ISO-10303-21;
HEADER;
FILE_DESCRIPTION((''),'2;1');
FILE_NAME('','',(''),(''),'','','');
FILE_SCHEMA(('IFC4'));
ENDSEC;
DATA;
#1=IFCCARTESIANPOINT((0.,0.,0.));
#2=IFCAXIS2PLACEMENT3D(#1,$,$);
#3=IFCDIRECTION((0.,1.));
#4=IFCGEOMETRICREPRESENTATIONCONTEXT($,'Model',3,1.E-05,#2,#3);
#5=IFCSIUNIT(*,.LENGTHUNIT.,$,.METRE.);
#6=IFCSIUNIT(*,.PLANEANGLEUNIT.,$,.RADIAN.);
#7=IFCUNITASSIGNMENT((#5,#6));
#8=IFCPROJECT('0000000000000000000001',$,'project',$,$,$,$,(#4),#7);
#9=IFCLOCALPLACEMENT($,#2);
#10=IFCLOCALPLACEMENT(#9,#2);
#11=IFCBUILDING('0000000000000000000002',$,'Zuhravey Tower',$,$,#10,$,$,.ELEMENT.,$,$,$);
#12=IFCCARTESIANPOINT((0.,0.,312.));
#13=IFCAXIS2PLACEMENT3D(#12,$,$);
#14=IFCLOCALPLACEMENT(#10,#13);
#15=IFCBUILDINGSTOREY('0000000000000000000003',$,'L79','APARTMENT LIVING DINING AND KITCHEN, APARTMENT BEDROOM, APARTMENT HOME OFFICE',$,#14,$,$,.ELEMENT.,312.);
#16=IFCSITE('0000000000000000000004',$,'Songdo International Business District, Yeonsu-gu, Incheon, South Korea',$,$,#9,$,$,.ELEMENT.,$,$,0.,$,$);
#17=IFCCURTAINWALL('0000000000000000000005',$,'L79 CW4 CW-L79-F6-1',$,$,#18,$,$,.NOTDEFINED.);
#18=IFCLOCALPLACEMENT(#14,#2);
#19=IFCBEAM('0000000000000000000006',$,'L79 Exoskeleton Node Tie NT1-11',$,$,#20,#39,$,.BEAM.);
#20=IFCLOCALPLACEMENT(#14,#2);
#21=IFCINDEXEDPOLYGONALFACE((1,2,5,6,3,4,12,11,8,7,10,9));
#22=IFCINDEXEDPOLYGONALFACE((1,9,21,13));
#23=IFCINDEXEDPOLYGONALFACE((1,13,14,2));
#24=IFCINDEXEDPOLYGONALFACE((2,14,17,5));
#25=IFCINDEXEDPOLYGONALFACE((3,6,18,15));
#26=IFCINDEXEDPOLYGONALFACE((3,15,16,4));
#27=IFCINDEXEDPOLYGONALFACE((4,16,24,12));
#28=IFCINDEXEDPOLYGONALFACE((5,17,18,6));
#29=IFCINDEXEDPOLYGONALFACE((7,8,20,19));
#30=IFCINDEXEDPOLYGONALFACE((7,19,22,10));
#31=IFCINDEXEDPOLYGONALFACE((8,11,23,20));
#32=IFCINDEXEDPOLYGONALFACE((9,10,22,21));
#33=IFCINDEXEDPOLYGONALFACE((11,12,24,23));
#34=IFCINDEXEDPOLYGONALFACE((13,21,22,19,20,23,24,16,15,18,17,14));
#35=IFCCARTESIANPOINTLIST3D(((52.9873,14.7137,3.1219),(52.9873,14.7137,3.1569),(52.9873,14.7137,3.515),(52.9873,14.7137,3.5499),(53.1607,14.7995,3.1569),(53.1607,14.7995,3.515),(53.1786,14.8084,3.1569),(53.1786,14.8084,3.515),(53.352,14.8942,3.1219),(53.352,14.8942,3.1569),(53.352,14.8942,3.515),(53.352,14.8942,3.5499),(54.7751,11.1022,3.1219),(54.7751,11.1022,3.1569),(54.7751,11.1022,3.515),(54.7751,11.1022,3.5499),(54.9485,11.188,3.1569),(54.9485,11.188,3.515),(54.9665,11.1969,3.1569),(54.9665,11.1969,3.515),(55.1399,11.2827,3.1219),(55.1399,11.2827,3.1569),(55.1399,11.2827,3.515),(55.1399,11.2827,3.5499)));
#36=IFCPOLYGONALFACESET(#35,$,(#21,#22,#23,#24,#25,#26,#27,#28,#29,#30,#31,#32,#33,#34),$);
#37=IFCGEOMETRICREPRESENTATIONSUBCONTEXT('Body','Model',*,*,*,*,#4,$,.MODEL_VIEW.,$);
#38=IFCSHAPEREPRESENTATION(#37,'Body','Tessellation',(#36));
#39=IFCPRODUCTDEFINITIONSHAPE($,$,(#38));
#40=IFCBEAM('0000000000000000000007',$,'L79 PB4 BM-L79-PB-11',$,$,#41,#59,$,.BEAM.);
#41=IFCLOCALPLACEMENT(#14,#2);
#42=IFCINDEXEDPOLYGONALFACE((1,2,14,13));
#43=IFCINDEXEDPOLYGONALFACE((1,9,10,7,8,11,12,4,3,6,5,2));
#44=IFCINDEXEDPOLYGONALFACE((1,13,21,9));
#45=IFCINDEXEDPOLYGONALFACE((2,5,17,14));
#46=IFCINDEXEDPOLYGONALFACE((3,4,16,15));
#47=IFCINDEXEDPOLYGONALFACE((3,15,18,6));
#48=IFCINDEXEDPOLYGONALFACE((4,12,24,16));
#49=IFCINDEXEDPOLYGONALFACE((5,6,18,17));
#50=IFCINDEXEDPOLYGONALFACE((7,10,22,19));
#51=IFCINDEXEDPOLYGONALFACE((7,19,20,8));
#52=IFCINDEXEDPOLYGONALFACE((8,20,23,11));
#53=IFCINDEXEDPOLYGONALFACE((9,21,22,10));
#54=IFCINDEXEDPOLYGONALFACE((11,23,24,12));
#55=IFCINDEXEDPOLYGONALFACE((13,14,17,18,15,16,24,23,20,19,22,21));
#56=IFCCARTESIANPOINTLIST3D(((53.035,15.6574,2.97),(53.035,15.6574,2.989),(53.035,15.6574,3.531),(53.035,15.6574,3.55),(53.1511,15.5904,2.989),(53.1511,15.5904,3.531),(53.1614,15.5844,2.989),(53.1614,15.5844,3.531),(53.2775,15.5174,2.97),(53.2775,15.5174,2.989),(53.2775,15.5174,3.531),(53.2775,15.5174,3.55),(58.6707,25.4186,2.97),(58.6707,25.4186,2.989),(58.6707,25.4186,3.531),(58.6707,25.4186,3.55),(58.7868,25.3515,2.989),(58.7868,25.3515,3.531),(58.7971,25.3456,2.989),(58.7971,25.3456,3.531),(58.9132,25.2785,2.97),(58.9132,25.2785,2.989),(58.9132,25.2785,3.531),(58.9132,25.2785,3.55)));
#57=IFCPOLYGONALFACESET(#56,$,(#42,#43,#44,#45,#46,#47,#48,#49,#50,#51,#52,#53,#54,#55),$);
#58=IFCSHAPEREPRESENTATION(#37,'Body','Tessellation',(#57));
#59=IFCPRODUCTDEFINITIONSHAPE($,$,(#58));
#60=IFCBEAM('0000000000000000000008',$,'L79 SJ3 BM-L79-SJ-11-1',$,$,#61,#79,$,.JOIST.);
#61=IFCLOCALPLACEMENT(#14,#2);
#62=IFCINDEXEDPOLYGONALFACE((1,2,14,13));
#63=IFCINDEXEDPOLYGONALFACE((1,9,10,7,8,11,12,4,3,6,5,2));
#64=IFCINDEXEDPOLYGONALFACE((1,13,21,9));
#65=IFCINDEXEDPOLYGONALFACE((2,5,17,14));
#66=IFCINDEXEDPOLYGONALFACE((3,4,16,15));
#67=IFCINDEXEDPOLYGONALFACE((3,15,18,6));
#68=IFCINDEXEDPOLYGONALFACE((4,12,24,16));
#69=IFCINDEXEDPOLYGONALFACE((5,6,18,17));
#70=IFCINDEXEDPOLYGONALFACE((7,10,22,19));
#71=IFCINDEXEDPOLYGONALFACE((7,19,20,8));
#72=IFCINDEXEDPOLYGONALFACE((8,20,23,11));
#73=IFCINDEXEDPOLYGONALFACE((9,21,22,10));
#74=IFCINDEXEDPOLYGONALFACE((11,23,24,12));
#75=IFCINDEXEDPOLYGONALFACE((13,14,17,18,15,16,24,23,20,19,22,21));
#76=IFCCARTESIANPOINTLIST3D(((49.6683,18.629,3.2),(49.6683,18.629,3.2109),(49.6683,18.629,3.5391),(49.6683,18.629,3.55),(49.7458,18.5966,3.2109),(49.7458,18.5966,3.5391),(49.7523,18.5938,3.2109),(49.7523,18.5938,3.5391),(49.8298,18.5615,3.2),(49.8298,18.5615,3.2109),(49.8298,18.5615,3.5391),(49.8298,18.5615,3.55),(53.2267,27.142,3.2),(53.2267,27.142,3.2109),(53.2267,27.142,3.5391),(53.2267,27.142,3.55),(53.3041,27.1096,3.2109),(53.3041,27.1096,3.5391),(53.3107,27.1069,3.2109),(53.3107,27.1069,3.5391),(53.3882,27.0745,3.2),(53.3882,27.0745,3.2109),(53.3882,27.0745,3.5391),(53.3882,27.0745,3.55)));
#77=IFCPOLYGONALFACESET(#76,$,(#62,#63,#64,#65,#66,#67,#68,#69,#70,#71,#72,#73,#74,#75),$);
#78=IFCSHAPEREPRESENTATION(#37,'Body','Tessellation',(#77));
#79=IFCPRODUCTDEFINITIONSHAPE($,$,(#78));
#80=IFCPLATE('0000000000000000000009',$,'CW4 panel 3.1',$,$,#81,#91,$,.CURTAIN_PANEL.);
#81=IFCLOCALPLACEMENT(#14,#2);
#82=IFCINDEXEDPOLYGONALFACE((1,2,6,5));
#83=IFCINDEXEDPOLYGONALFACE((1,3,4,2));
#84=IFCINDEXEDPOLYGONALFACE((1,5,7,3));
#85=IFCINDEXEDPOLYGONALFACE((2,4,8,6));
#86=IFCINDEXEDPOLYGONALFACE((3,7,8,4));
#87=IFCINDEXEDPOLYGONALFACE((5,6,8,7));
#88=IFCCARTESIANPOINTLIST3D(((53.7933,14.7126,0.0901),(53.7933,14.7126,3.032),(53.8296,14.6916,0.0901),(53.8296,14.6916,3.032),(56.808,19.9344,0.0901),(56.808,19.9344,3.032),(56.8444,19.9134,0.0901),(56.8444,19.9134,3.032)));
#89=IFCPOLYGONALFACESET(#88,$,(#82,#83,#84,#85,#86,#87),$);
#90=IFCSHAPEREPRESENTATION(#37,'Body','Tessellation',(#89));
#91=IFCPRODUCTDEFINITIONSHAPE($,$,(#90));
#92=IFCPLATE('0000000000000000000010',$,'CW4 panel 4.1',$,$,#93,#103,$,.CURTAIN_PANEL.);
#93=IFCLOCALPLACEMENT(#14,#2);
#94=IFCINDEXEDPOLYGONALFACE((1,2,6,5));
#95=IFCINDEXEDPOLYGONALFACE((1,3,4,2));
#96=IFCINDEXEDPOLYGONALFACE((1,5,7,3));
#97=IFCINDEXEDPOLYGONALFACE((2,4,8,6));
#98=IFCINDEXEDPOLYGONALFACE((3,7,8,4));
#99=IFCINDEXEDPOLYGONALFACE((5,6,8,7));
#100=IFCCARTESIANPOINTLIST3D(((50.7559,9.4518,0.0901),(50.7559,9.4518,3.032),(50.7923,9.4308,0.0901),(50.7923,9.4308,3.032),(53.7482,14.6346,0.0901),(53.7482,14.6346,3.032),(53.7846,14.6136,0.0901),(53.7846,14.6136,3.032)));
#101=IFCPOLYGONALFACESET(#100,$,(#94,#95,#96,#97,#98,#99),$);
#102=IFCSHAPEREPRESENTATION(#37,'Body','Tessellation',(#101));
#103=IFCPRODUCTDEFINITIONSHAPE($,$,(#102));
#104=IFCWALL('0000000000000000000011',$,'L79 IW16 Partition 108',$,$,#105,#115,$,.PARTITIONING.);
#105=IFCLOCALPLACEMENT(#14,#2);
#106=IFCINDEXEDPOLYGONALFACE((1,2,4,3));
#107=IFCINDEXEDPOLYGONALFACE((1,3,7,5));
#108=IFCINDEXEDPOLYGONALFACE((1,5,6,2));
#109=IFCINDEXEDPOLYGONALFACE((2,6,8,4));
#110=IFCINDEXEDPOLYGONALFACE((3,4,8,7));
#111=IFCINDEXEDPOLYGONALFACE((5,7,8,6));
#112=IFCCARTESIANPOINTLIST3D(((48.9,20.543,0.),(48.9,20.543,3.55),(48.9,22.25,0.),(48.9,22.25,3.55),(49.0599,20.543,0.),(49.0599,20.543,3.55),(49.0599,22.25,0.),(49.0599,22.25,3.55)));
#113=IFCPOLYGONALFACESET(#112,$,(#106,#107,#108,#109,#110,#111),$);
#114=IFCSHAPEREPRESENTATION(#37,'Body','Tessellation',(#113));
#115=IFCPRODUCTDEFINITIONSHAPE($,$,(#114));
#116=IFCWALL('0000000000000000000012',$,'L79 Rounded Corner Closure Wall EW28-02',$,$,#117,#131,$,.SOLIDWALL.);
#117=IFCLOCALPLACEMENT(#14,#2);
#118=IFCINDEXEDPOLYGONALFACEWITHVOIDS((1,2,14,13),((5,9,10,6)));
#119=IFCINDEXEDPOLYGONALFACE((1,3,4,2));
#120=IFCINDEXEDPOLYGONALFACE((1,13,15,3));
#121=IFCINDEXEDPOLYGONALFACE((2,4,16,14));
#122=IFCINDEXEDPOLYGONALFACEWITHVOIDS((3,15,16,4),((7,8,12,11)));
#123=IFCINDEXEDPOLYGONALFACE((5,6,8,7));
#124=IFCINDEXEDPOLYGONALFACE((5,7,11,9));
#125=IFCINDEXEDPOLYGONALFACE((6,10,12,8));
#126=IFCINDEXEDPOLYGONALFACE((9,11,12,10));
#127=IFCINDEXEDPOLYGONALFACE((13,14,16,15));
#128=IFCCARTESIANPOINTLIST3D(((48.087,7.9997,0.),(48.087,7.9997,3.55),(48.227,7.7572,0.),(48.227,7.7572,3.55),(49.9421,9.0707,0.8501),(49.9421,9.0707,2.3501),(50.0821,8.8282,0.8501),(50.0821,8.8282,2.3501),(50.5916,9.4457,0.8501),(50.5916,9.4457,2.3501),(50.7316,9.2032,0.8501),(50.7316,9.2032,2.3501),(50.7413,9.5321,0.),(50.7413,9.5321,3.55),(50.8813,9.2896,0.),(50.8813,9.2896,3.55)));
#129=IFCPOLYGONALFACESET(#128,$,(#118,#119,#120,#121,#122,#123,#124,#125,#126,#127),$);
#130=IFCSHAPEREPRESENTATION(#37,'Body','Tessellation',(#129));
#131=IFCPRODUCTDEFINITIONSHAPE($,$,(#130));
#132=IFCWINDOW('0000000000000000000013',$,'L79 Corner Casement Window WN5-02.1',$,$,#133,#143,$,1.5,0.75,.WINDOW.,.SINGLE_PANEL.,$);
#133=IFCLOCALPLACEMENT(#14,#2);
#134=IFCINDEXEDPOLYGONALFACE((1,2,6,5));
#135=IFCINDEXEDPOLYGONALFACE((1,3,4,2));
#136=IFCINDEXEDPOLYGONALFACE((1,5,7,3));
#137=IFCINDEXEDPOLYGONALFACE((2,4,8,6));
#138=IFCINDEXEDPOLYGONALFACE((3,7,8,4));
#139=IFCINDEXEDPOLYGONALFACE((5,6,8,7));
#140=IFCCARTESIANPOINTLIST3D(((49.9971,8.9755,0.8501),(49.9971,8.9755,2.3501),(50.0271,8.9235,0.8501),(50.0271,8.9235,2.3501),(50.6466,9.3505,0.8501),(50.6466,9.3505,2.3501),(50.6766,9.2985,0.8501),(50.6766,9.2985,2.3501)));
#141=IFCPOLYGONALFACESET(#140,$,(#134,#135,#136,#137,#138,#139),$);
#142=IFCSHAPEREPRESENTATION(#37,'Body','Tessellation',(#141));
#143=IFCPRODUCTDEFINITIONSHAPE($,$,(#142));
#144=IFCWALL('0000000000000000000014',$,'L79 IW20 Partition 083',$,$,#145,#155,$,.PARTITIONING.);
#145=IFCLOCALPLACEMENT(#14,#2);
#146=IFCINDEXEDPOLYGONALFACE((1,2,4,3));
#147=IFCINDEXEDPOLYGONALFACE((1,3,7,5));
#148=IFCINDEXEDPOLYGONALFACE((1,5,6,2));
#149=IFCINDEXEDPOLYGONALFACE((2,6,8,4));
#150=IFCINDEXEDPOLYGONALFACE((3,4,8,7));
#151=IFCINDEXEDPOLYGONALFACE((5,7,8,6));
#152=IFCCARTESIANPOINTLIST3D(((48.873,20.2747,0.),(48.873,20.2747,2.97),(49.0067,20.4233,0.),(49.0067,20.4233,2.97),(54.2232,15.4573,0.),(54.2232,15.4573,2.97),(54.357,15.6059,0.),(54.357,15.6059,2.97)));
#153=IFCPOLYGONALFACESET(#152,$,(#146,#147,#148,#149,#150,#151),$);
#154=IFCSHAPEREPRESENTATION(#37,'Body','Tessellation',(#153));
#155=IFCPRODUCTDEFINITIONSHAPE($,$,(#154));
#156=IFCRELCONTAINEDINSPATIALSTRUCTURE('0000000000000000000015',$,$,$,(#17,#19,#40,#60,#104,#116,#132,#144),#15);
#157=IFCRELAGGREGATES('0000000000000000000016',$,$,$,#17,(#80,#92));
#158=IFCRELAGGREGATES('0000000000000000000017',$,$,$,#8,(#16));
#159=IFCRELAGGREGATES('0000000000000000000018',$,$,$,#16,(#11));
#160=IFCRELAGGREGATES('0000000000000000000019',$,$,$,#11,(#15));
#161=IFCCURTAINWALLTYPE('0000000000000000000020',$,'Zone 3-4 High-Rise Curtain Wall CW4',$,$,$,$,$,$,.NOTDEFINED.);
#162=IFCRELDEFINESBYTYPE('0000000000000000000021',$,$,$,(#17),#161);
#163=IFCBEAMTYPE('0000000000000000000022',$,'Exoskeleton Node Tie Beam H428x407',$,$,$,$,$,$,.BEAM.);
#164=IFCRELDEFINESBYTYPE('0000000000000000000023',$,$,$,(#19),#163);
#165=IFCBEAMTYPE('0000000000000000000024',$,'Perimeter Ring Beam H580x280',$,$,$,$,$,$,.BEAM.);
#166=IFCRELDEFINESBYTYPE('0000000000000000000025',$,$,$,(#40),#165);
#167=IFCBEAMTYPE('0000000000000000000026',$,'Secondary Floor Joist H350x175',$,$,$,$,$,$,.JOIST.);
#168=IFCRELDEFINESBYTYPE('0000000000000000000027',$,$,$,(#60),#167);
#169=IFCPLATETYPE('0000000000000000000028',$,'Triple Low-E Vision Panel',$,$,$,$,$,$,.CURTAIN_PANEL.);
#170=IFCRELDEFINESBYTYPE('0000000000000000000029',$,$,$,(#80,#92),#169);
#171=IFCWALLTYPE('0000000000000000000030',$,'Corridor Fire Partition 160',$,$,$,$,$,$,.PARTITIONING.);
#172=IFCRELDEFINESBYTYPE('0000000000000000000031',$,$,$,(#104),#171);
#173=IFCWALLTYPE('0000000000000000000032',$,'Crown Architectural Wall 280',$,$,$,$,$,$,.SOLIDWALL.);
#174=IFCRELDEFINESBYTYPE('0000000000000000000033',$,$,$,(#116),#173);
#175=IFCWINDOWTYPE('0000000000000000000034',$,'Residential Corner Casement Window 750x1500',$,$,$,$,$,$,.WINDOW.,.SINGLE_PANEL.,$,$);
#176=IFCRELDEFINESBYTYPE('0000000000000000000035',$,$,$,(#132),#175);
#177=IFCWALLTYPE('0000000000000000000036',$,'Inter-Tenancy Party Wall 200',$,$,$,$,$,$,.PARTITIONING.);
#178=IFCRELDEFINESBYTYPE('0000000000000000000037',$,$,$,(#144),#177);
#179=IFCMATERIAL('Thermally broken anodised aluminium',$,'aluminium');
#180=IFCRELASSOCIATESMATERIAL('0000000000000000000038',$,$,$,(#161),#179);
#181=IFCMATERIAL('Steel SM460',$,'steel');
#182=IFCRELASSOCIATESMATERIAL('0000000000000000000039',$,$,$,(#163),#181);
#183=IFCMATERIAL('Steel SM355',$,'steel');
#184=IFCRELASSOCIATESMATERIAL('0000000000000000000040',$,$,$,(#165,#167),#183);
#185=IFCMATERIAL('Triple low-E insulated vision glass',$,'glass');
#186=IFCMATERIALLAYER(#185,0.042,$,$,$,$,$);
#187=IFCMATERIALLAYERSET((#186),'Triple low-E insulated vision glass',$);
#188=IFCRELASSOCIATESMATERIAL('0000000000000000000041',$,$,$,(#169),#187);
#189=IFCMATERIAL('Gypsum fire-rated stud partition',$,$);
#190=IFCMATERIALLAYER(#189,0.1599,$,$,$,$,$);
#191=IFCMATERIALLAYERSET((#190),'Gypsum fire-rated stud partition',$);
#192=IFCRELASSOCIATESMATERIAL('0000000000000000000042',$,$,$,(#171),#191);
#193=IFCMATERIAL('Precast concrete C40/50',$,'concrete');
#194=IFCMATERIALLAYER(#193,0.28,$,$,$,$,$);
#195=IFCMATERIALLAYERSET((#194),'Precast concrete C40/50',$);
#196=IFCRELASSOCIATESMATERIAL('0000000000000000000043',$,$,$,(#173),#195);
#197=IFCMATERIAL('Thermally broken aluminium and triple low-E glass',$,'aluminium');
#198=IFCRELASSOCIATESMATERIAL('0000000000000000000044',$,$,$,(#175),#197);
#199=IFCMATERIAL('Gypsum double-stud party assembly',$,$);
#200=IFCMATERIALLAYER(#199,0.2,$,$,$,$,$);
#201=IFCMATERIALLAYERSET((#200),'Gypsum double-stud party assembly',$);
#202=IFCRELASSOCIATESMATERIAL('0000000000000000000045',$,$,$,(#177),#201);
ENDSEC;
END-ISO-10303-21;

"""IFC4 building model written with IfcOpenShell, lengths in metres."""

from ifc_helpers import new_model, si_unit, direction, frame, frame_2d, origin, origin_2d, place, context, subcontext, project, spatial, rectangle, i_section, extrude, material, layer, layer_set, material_profile, profile_set, type_object, element, fill, aggregate, save


model = new_model("IFC4")

# Units and contexts
model_context = context("Model", 3, precision=1e-05, world=origin(), true_north=direction((0.0, 1.0)))
body_context = subcontext(model_context, "Body", "Model", "MODEL_VIEW")
ifc_project = project(units=[si_unit("LENGTHUNIT", "METRE"), si_unit("PLANEANGLEUNIT", "RADIAN")], contexts=[model_context])

# Site, building, storey
site_placement = place(None, origin())
site = spatial("IfcSite", under=ifc_project, at=site_placement, Name="Songdo International Business District, Yeonsu-gu, Incheon, South Korea", CompositionType="ELEMENT", RefElevation=0.0)
building_placement = place(site_placement, origin())
building = spatial("IfcBuilding", under=site, at=building_placement, Name="Zuhravey Tower", CompositionType="ELEMENT")
storey_placement = place(building_placement, frame((0.0, 0.0, 312.0)))
storey = spatial("IfcBuildingStorey", under=building, at=storey_placement, Name="L79", Description="APARTMENT LIVING DINING AND KITCHEN, APARTMENT BEDROOM, APARTMENT HOME OFFICE", CompositionType="ELEMENT", Elevation=312.0)

# Curtain wall
ifc_material_1 = material(Name="Thermally broken anodised aluminium", Category="aluminium")
curtain_wall_type = type_object("IfcCurtainWallType", Name="Zone 3-4 High-Rise Curtain Wall CW4", PredefinedType="NOTDEFINED", material=ifc_material_1)
curtain_wall_1_placement = place(storey_placement, origin())
curtain_wall_1 = element("IfcCurtainWall", 1, at=curtain_wall_1_placement, inside=storey, type_object=curtain_wall_type, Name="L79 CW4 CW-L79-F6-1", PredefinedType="NOTDEFINED")

# Beams
ifc_material_2 = material(Name="Steel SM460", Category="steel")
ifc_material_profile_1 = material_profile(ifc_material_2, i_section(OverallWidth=0.407, OverallDepth=0.428, WebThickness=0.02, FlangeThickness=0.0349, at=origin_2d()), Name="H-428x407x20x35")
ifc_profile_set_1 = profile_set([ifc_material_profile_1], Name="Steel SM460")
beam_type_1 = type_object("IfcBeamType", Name="Exoskeleton Node Tie Beam H428x407", PredefinedType="BEAM", material=ifc_profile_set_1)
beam_1_placement = place(storey_placement, frame((53.1697, 14.804, 3.3359), z_axis=(0.443648, -0.896201, 0.0), x_axis=(0.896201, 0.443648, 0.0)))
element("IfcBeam", 2, at=beam_1_placement, inside=storey, type_object=beam_type_1, Name="L79 Exoskeleton Node Tie NT1-11", PredefinedType="BEAM", context=body_context, shape_type="SweptSolid", body=[
    extrude(i_section(OverallWidth=0.407, OverallDepth=0.428, WebThickness=0.02, FlangeThickness=0.0349, at=origin_2d()), origin(), (0.0, 0.0, 1.0), 4.0298),
])
ifc_material_3 = material(Name="Steel SM355", Category="steel")
ifc_material_profile_2 = material_profile(ifc_material_3, i_section(OverallWidth=0.28, OverallDepth=0.5801, WebThickness=0.012, FlangeThickness=0.019, at=origin_2d()), Name="H-580x280x12x19")
ifc_profile_set_2 = profile_set([ifc_material_profile_2], Name="Steel SM355")
beam_type_2 = type_object("IfcBeamType", Name="Perimeter Ring Beam H580x280", PredefinedType="BEAM", material=ifc_profile_set_2)
beam_2_placement = place(storey_placement, frame((53.1562, 15.5874, 3.26), z_axis=(0.500006, 0.866022, 0.0), x_axis=(-0.866022, 0.500006, 0.0)))
element("IfcBeam", 3, at=beam_2_placement, inside=storey, type_object=beam_type_2, Name="L79 PB4 BM-L79-PB-11", PredefinedType="BEAM", context=body_context, shape_type="SweptSolid", body=[
    extrude(i_section(OverallWidth=0.28, OverallDepth=0.5801, WebThickness=0.012, FlangeThickness=0.019, at=origin_2d()), origin(), (0.0, 0.0, 1.0), 11.2712),
])
ifc_material_profile_3 = material_profile(ifc_material_3, i_section(OverallWidth=0.175, OverallDepth=0.3501, WebThickness=0.0071, FlangeThickness=0.011, at=origin_2d()), Name="H-350x175x7x11")
ifc_profile_set_3 = profile_set([ifc_material_profile_3], Name="Steel SM355")
beam_type_3 = type_object("IfcBeamType", Name="Secondary Floor Joist H350x175", PredefinedType="JOIST", material=ifc_profile_set_3)
beam_3_placement = place(storey_placement, frame((49.749, 18.5952, 3.375), z_axis=(0.385658, 0.922642, 0.0), x_axis=(-0.922642, 0.385658, 0.0)))
element("IfcBeam", 4, at=beam_3_placement, inside=storey, type_object=beam_type_3, Name="L79 SJ3 BM-L79-SJ-11-1", PredefinedType="JOIST", context=body_context, shape_type="SweptSolid", body=[
    extrude(i_section(OverallWidth=0.175, OverallDepth=0.3501, WebThickness=0.0071, FlangeThickness=0.011, at=origin_2d()), origin(), (0.0, 0.0, 1.0), 9.2268),
])

# Plates
ifc_material_4 = material(Name="Triple low-E insulated vision glass", Category="glass")
ifc_layer_1 = layer(ifc_material_4, 0.042)
ifc_layer_set_1 = layer_set([ifc_layer_1], Name="Triple low-E insulated vision glass")
plate_type = type_object("IfcPlateType", Name="Triple Low-E Vision Panel", PredefinedType="CURTAIN_PANEL", material=ifc_layer_set_1)
plate_1_placement = place(storey_placement, frame((55.3188, 17.313, 0.0901), z_axis=(0.0, 0.0, 1.0), x_axis=(-0.5, -0.866026, 0.0)))
plate_1 = element("IfcPlate", 5, at=plate_1_placement, type_object=plate_type, Name="CW4 panel 3.1", PredefinedType="CURTAIN_PANEL", context=body_context, shape_type="SweptSolid", body=[
    extrude(rectangle(XDim=6.0295, YDim=0.042, at=origin_2d()), origin(), (0.0, 0.0, 1.0), 2.9419),
])
plate_2_placement = place(storey_placement, frame((52.2703, 12.0327, 0.0901), z_axis=(0.0, 0.0, 1.0), x_axis=(-0.5, -0.866026, 0.0)))
plate_2 = element("IfcPlate", 6, at=plate_2_placement, type_object=plate_type, Name="CW4 panel 4.1", PredefinedType="CURTAIN_PANEL", context=body_context, shape_type="SweptSolid", body=[
    extrude(rectangle(XDim=5.9846, YDim=0.042, at=origin_2d()), origin(), (0.0, 0.0, 1.0), 2.9419),
])
aggregate(curtain_wall_1, [plate_1, plate_2])

# Wall
ifc_material_5 = material(Name="Gypsum fire-rated stud partition")
ifc_layer_2 = layer(ifc_material_5, 0.1599)
ifc_layer_set_2 = layer_set([ifc_layer_2], Name="Gypsum fire-rated stud partition")
wall_type_1 = type_object("IfcWallType", Name="Corridor Fire Partition 160", PredefinedType="PARTITIONING", material=ifc_layer_set_2)
wall_1_placement = place(storey_placement, frame((48.98, 20.543, 0.0), z_axis=(0.0, 0.0, 1.0), x_axis=(0.0, 1.0, 0.0)))
element("IfcWall", 7, at=wall_1_placement, inside=storey, type_object=wall_type_1, Name="L79 IW16 Partition 108", PredefinedType="PARTITIONING", context=body_context, shape_type="SweptSolid", body=[
    extrude(rectangle(XDim=1.707, YDim=0.1599, at=frame_2d((0.8535, 0.0))), origin(), (0.0, 0.0, 1.0), 3.55),
])

# Wall, opening, window
ifc_material_6 = material(Name="Precast concrete C40/50", Category="concrete")
ifc_layer_3 = layer(ifc_material_6, 0.28)
ifc_layer_set_3 = layer_set([ifc_layer_3], Name="Precast concrete C40/50")
wall_type_2 = type_object("IfcWallType", Name="Crown Architectural Wall 280", PredefinedType="SOLIDWALL", material=ifc_layer_set_3)
wall_2_placement = place(storey_placement, frame((50.8113, 9.4109, 0.0), z_axis=(0.0, 0.0, 1.0), x_axis=(-0.866024, -0.500003, 0.0)))
wall_2 = element("IfcWall", 8, at=wall_2_placement, inside=storey, type_object=wall_type_2, Name="L79 Rounded Corner Closure Wall EW28-02", PredefinedType="SOLIDWALL", context=body_context, shape_type="SweptSolid", body=[
    extrude(rectangle(XDim=3.0649, YDim=0.28, at=frame_2d((1.5325, 0.0))), origin(), (0.0, 0.0, 1.0), 3.55),
])
opening_placement = place(wall_2_placement, frame((0.1729, 0.0, 0.8501)))
opening = element("IfcOpeningElement", 9, at=opening_placement, cuts=wall_2, PredefinedType="OPENING", context=body_context, shape_type="SweptSolid", body=[
    extrude(rectangle(XDim=0.75, YDim=1.5, at=frame_2d((0.375, 0.75))), frame((0.0, 0.1521, 0.0), z_axis=(0.0, -1.0, 0.0), x_axis=(1.0, 0.0, 0.0)), (0.0, 0.0, 1.0), 0.304),
])
ifc_material_7 = material(Name="Thermally broken aluminium and triple low-E glass", Category="aluminium")
window_type = type_object("IfcWindowType", Name="Residential Corner Casement Window 750x1500", PartitioningType="SINGLE_PANEL", PredefinedType="WINDOW", material=ifc_material_7)
window_placement = place(opening_placement, origin())
window = element("IfcWindow", 10, at=window_placement, inside=storey, type_object=window_type, Name="L79 Corner Casement Window WN5-02.1", OverallHeight=1.5, OverallWidth=0.75, PartitioningType="SINGLE_PANEL", PredefinedType="WINDOW", context=body_context, shape_type="SweptSolid", body=[
    extrude(rectangle(XDim=0.75, YDim=1.5, at=frame_2d((0.375, 0.75))), frame((0.0, 0.03, 0.0), z_axis=(0.0, -1.0, 0.0), x_axis=(1.0, 0.0, 0.0)), (0.0, 0.0, 1.0), 0.0601),
])
fill(opening, window)

# Wall
ifc_material_8 = material(Name="Gypsum double-stud party assembly")
ifc_layer_4 = layer(ifc_material_8, 0.2)
ifc_layer_set_4 = layer_set([ifc_layer_4], Name="Gypsum double-stud party assembly")
wall_type_3 = type_object("IfcWallType", Name="Inter-Tenancy Party Wall 200", PredefinedType="PARTITIONING", material=ifc_layer_set_4)
wall_3_placement = place(storey_placement, frame((48.9399, 20.3489, 0.0), z_axis=(0.0, 0.0, 1.0), x_axis=(0.743151, -0.669124, 0.0)))
element("IfcWall", 11, at=wall_3_placement, inside=storey, type_object=wall_type_3, Name="L79 IW20 Partition 083", PredefinedType="PARTITIONING", context=body_context, shape_type="SweptSolid", body=[
    extrude(rectangle(XDim=7.1995, YDim=0.2, at=frame_2d((3.5996, 0.0))), origin(), (0.0, 0.0, 1.0), 2.97),
])

save(model, "model.ifc")
